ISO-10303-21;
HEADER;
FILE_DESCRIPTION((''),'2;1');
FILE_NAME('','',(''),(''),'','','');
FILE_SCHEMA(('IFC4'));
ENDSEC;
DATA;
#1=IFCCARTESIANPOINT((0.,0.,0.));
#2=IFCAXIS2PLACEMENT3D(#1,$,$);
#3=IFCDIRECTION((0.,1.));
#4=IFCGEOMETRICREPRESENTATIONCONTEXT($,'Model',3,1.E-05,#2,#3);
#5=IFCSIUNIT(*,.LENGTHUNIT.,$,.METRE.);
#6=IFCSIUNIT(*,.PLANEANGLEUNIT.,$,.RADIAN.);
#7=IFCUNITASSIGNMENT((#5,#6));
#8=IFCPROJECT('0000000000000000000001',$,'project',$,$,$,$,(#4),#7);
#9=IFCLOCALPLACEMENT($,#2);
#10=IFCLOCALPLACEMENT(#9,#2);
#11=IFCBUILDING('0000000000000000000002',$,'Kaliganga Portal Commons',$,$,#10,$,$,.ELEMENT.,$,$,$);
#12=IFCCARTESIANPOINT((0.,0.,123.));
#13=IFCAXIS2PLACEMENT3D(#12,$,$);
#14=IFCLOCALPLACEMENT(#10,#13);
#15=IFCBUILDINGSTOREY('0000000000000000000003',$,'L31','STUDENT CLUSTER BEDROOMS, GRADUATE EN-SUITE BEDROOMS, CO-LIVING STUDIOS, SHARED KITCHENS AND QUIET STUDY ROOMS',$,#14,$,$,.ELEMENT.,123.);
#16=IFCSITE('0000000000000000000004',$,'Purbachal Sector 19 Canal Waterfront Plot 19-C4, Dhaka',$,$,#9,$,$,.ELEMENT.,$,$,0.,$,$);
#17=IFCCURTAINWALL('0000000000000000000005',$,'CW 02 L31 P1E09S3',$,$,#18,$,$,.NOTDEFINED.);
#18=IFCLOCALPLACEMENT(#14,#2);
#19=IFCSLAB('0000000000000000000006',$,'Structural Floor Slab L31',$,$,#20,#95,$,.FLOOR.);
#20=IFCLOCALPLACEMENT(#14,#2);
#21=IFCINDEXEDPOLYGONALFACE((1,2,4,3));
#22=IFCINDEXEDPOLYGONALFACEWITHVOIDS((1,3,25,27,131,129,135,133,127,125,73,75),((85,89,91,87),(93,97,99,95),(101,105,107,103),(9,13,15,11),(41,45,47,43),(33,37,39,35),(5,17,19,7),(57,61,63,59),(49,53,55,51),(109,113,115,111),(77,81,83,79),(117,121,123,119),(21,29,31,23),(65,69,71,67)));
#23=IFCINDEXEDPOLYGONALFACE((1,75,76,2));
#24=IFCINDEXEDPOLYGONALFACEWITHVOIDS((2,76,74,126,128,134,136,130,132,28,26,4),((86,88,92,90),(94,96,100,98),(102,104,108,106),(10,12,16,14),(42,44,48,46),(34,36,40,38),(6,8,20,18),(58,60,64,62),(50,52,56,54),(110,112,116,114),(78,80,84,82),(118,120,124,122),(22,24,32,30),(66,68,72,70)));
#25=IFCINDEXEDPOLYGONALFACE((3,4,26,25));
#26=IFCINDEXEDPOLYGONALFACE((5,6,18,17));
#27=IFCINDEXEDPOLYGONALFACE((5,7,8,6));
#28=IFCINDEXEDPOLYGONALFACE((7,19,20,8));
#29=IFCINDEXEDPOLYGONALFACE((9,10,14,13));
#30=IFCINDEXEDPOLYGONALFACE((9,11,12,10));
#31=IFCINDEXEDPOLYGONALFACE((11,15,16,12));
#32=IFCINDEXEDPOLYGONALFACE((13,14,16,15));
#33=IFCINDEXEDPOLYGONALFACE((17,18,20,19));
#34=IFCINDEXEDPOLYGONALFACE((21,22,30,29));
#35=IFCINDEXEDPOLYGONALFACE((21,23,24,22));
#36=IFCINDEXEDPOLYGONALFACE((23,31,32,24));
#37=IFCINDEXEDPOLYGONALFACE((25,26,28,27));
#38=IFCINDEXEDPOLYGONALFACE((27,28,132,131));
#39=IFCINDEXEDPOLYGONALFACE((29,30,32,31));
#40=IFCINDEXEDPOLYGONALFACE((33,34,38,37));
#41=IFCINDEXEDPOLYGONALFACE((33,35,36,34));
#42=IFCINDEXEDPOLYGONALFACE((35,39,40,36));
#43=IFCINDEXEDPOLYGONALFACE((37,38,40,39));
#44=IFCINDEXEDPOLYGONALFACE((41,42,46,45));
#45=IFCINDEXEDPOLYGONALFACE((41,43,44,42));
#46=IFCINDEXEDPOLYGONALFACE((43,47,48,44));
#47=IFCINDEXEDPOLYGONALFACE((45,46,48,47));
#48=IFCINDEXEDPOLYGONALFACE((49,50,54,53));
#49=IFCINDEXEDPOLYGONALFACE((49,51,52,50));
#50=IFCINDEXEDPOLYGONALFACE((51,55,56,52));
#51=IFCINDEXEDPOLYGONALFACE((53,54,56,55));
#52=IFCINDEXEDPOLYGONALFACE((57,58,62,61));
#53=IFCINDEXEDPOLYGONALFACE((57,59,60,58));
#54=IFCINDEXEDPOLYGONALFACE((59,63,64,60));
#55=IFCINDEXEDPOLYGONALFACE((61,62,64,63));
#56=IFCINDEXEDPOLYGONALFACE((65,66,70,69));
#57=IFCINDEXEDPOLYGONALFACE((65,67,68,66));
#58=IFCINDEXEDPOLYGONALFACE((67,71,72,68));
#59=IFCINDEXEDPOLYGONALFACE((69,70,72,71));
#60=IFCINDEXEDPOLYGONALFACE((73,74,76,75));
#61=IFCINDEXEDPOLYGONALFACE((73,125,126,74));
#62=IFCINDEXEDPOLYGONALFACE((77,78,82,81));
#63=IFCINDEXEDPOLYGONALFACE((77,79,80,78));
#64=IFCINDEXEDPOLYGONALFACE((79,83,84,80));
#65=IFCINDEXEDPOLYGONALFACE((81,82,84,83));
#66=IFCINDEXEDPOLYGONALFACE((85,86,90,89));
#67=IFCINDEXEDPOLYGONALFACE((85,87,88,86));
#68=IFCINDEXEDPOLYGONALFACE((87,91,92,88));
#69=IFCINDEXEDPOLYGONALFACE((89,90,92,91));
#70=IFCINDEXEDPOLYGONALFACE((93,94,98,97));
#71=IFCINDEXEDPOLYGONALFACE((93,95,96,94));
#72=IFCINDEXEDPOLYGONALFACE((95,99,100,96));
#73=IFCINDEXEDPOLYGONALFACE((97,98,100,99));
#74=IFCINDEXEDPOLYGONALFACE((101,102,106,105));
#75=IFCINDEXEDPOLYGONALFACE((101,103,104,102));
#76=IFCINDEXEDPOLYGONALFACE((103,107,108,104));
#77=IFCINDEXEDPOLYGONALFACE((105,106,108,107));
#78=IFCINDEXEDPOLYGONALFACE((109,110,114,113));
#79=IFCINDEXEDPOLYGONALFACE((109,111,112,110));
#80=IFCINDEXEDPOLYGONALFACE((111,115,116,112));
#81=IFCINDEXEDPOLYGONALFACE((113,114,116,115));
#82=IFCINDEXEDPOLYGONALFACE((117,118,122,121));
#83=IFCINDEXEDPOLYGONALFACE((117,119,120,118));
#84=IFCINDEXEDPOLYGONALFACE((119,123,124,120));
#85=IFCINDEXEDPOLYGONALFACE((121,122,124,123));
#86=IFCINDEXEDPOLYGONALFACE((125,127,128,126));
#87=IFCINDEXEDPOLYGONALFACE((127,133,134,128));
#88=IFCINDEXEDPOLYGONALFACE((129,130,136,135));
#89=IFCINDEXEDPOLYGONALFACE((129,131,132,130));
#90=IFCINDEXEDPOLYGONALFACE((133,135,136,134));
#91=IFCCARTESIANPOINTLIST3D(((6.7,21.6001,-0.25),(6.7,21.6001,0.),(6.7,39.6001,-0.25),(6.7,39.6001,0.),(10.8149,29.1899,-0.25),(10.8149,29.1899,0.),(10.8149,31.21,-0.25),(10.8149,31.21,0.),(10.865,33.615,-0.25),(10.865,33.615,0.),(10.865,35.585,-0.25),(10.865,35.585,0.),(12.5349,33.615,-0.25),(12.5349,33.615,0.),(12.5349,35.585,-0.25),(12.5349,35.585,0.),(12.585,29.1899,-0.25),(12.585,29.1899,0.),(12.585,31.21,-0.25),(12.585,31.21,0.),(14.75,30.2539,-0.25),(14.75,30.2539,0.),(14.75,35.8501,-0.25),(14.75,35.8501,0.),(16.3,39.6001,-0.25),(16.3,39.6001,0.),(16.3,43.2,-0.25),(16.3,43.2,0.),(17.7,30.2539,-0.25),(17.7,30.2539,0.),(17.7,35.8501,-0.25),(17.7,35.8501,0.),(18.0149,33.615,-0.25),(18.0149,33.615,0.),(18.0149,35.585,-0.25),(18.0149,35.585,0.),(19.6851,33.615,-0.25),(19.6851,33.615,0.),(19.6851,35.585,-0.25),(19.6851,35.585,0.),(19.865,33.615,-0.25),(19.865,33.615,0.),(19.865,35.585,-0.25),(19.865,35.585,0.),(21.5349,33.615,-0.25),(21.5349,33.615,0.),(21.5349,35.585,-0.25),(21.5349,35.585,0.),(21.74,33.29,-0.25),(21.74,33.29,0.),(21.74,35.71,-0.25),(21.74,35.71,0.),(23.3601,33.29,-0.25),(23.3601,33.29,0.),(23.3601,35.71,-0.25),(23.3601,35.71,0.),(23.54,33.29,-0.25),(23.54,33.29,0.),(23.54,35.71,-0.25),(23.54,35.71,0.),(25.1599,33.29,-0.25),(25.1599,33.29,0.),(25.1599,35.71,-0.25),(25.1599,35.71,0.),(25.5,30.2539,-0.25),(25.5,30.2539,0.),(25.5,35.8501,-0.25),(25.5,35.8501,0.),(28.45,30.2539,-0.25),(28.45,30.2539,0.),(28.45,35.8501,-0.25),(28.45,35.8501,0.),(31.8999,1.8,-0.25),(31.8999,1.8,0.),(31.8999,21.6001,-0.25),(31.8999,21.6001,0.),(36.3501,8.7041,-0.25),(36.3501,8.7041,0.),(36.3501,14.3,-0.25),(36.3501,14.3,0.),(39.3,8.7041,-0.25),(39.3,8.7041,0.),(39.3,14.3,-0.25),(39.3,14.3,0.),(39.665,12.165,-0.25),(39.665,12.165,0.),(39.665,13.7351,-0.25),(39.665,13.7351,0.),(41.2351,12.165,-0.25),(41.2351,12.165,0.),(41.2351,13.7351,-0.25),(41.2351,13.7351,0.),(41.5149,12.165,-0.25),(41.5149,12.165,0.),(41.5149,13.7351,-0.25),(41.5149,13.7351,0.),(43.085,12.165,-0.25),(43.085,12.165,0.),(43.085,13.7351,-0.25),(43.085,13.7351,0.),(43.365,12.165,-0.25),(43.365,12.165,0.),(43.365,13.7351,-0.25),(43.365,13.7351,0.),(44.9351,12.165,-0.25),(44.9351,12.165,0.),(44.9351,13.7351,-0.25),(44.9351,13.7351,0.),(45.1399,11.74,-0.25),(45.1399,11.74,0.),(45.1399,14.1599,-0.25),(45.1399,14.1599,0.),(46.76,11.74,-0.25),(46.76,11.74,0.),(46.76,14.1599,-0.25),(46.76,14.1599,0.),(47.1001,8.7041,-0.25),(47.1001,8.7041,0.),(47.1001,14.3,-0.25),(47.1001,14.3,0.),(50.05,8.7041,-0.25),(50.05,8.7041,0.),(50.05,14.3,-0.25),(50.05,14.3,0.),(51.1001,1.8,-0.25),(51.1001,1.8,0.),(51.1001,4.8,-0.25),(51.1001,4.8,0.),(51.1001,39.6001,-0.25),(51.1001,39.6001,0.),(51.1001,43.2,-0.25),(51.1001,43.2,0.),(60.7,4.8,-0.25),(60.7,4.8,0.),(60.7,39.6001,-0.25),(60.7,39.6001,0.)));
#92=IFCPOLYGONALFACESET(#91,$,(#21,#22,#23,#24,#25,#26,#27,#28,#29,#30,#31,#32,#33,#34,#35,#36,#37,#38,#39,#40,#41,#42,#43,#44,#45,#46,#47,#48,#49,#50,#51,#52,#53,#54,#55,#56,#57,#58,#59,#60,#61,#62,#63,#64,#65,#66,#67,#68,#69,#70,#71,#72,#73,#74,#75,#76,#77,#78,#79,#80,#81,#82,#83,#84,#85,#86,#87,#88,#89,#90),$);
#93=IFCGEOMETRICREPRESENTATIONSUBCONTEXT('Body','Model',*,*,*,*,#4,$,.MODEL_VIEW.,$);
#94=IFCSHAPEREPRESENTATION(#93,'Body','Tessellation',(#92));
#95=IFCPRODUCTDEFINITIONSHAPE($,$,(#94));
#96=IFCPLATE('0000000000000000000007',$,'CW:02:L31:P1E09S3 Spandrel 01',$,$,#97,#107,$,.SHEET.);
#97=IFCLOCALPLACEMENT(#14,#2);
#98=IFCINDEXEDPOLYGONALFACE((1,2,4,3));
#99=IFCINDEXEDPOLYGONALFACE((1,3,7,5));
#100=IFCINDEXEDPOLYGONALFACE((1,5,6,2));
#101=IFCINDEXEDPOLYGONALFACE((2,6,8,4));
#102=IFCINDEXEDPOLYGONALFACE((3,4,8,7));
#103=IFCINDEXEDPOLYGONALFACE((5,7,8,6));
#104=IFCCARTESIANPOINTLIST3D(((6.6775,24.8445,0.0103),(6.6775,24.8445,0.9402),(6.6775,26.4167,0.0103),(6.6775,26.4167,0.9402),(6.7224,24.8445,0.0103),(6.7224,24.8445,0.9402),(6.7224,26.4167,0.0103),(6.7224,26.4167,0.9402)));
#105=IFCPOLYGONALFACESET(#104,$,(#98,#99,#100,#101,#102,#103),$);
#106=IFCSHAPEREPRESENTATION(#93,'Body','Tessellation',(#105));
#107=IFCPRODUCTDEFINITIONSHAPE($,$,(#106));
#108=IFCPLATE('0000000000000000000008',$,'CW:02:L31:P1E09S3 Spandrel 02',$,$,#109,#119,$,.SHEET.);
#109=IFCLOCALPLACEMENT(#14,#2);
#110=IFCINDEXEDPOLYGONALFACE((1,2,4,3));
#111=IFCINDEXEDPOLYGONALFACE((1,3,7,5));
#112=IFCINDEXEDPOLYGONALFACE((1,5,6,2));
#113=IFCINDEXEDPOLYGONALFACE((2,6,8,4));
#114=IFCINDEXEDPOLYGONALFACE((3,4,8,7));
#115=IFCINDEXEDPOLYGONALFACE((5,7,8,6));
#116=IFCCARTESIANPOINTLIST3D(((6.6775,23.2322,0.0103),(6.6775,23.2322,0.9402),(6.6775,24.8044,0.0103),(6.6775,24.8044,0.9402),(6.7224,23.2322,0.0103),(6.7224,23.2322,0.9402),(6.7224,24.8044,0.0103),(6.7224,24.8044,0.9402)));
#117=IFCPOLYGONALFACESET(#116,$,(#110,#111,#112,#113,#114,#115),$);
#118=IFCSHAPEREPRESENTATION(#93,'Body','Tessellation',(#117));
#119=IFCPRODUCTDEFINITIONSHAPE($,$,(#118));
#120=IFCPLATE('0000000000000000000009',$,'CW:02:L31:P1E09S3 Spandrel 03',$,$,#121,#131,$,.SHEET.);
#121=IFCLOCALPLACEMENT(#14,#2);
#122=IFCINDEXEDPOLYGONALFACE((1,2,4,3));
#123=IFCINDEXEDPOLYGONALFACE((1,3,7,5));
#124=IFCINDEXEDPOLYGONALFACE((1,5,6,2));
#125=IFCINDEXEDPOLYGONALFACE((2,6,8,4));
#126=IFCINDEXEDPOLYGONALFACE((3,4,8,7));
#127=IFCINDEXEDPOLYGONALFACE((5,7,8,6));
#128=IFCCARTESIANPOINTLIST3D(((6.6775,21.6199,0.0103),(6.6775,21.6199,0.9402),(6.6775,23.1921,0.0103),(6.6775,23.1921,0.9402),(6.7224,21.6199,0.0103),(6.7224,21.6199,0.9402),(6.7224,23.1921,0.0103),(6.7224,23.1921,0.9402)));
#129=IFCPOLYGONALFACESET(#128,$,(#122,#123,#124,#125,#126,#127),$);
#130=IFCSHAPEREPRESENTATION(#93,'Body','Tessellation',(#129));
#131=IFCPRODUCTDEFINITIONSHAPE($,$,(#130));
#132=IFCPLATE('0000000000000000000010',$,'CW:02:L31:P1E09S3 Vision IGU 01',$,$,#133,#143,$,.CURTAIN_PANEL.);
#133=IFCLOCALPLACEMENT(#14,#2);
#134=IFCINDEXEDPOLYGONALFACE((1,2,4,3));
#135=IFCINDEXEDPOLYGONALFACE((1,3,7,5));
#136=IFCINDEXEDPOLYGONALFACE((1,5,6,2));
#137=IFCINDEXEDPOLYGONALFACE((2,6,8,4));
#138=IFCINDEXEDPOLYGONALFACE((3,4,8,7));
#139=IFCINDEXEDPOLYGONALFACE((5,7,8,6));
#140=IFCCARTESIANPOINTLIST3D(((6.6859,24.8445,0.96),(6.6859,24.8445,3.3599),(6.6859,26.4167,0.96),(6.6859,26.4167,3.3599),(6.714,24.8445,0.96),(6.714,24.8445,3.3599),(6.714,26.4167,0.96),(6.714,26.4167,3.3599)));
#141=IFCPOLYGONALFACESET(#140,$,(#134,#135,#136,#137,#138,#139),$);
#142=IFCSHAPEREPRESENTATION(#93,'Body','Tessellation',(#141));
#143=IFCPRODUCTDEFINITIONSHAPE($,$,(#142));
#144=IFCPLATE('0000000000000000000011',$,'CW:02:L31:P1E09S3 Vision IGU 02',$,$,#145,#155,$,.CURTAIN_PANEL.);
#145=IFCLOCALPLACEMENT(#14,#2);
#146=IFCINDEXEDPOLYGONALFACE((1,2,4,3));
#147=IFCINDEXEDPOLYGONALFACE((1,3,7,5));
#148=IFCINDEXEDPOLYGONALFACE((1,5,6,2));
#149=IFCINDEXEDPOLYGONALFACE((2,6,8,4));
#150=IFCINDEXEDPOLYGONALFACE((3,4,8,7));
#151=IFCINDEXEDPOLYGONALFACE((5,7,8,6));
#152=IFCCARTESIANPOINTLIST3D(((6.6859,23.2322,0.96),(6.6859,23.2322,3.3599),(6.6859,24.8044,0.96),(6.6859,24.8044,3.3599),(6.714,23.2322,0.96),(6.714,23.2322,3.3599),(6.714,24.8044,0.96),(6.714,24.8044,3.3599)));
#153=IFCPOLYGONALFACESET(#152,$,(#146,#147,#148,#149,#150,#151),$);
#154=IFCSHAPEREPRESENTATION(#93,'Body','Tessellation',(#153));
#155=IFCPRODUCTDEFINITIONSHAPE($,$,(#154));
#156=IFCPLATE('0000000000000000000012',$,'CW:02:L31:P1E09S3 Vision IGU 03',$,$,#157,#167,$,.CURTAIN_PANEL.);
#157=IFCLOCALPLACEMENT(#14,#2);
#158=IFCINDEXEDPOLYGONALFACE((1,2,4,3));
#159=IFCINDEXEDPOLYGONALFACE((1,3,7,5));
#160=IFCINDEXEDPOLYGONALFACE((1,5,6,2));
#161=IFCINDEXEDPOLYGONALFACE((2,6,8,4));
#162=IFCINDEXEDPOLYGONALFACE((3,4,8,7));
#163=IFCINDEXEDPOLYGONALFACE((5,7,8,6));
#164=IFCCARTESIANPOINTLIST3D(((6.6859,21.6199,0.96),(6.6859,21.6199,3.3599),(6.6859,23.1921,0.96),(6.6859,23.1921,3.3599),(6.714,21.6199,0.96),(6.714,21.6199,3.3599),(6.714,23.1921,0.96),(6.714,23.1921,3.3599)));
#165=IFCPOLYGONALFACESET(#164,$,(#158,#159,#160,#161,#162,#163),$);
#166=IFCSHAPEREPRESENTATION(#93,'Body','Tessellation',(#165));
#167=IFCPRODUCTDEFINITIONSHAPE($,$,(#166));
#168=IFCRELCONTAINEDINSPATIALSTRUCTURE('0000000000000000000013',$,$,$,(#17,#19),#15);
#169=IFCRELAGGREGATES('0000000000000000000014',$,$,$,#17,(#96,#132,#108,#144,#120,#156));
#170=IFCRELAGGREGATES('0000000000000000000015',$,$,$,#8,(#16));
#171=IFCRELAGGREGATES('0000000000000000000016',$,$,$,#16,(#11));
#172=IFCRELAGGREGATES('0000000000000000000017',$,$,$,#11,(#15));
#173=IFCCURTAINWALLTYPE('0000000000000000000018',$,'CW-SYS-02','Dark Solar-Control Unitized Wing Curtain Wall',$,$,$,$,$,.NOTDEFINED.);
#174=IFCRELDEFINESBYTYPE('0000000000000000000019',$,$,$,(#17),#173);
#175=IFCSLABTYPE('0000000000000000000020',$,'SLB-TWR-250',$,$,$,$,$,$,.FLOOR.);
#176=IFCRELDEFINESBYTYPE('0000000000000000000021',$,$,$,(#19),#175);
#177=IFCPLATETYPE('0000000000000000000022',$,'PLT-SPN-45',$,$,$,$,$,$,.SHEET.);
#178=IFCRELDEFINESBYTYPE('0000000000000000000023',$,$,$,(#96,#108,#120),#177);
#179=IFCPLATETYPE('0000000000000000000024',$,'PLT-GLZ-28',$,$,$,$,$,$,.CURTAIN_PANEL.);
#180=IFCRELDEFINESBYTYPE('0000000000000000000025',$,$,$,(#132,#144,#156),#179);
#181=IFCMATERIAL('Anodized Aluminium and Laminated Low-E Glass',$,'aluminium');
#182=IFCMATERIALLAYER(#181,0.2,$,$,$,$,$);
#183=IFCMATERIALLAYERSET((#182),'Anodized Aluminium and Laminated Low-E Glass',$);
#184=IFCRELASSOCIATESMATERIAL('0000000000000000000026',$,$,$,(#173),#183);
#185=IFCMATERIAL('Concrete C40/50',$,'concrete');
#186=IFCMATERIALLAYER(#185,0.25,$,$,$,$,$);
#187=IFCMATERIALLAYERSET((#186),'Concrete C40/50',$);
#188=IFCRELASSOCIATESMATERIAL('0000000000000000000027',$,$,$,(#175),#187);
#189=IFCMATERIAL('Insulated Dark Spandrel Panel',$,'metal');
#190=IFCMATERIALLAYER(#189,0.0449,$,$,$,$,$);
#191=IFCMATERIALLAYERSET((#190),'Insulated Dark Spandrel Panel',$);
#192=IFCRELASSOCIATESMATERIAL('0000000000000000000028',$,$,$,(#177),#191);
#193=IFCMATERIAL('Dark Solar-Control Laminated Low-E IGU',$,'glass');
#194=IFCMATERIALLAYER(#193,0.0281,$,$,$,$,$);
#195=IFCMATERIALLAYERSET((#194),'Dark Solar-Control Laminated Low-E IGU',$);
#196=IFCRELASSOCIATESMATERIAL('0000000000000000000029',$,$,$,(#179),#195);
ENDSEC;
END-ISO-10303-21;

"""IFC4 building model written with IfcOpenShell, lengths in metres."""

from ifc_helpers import new_model, si_unit, direction, frame, origin, origin_2d, place, context, subcontext, project, spatial, polyline, rectangle, outline, extrude, source, transform, mapped, material, layer, layer_set, type_object, element, aggregate, save


model = new_model("IFC4")

# Units and contexts
model_context = context("Model", 3, precision=1e-05, world=origin(), true_north=direction((0.0, 1.0)))
body_context = subcontext(model_context, "Body", "Model", "MODEL_VIEW")
ifc_project = project(units=[si_unit("LENGTHUNIT", "METRE"), si_unit("PLANEANGLEUNIT", "RADIAN")], contexts=[model_context])

# Site, building, storey
site_placement = place(None, origin())
site = spatial("IfcSite", under=ifc_project, at=site_placement, Name="Purbachal Sector 19 Canal Waterfront Plot 19-C4, Dhaka", CompositionType="ELEMENT", RefElevation=0.0)
building_placement = place(site_placement, origin())
building = spatial("IfcBuilding", under=site, at=building_placement, Name="Kaliganga Portal Commons", CompositionType="ELEMENT")
storey_placement = place(building_placement, frame((0.0, 0.0, 123.0)))
storey = spatial("IfcBuildingStorey", under=building, at=storey_placement, Name="L31", Description="STUDENT CLUSTER BEDROOMS, GRADUATE EN-SUITE BEDROOMS, CO-LIVING STUDIOS, SHARED KITCHENS AND QUIET STUDY ROOMS", CompositionType="ELEMENT", Elevation=123.0)

# Curtain wall
ifc_material_1 = material(Name="Anodized Aluminium and Laminated Low-E Glass", Category="aluminium")
ifc_layer_1 = layer(ifc_material_1, 0.2)
ifc_layer_set_1 = layer_set([ifc_layer_1], Name="Anodized Aluminium and Laminated Low-E Glass")
curtain_wall_type = type_object("IfcCurtainWallType", Name="CW-SYS-02", Description="Dark Solar-Control Unitized Wing Curtain Wall", PredefinedType="NOTDEFINED", material=ifc_layer_set_1)
curtain_wall_placement = place(storey_placement, origin())
curtain_wall = element("IfcCurtainWall", 1, at=curtain_wall_placement, inside=storey, type_object=curtain_wall_type, Name="CW 02 L31 P1E09S3", PredefinedType="NOTDEFINED")

# Shared definitions
ifc_material_2 = material(Name="Concrete C40/50", Category="concrete")

# Slab
ifc_layer_2 = layer(ifc_material_2, 0.25)
ifc_layer_set_2 = layer_set([ifc_layer_2], Name="Concrete C40/50")
slab_type_1 = type_object("IfcSlabType", Name="SLB-TWR-250", PredefinedType="FLOOR", material=ifc_layer_set_2)
slab_1_placement = place(storey_placement, frame((0.0, 0.0, -0.25)))
element("IfcSlab", 2, at=slab_1_placement, inside=storey, type_object=slab_type_1, Name="Structural Floor Slab L31", PredefinedType="FLOOR", context=body_context, shape_type="SweptSolid", body=[
    extrude(outline(polyline([(31.8999, 1.8), (51.1001, 1.8), (51.1001, 4.8), (60.7, 4.8), (60.7, 39.6001), (51.1001, 39.6001), (51.1001, 43.2), (16.3, 43.2), (16.3, 39.6001), (6.7, 39.6001), (6.7, 21.6001), (31.8999, 21.6001), (31.8999, 1.8)]), holes=[polyline([(14.75, 30.2539), (14.75, 35.8501), (17.7, 35.8501), (17.7, 30.2539), (14.75, 30.2539)]), polyline([(25.5, 30.2539), (25.5, 35.8501), (28.45, 35.8501), (28.45, 30.2539), (25.5, 30.2539)]), polyline([(36.3501, 8.7041), (36.3501, 14.3), (39.3, 14.3), (39.3, 8.7041), (36.3501, 8.7041)]), polyline([(47.1001, 8.7041), (47.1001, 14.3), (50.05, 14.3), (50.05, 8.7041), (47.1001, 8.7041)]), polyline([(18.0149, 33.615), (18.0149, 35.585), (19.6851, 35.585), (19.6851, 33.615), (18.0149, 33.615)]), polyline([(19.865, 33.615), (19.865, 35.585), (21.5349, 35.585), (21.5349, 33.615), (19.865, 33.615)]), polyline([(10.8149, 29.1899), (10.8149, 31.21), (12.585, 31.21), (12.585, 29.1899), (10.8149, 29.1899)]), polyline([(10.865, 33.615), (10.865, 35.585), (12.5349, 35.585), (12.5349, 33.615), (10.865, 33.615)]), polyline([(21.74, 33.29), (21.74, 35.71), (23.3601, 35.71), (23.3601, 33.29), (21.74, 33.29)]), polyline([(23.54, 33.29), (23.54, 35.71), (25.1599, 35.71), (25.1599, 33.29), (23.54, 33.29)]), polyline([(39.665, 12.165), (39.665, 13.7351), (41.2351, 13.7351), (41.2351, 12.165), (39.665, 12.165)]), polyline([(41.5149, 12.165), (41.5149, 13.7351), (43.085, 13.7351), (43.085, 12.165), (41.5149, 12.165)]), polyline([(43.365, 12.165), (43.365, 13.7351), (44.9351, 13.7351), (44.9351, 12.165), (43.365, 12.165)]), polyline([(45.1399, 11.74), (45.1399, 14.1599), (46.76, 14.1599), (46.76, 11.74), (45.1399, 11.74)])]), origin(), (0.0, 0.0, 1.0), 0.25),
])

# Plates
ifc_material_3 = material(Name="Insulated Dark Spandrel Panel", Category="metal")
ifc_layer_3 = layer(ifc_material_3, 0.0449)
ifc_layer_set_3 = layer_set([ifc_layer_3], Name="Insulated Dark Spandrel Panel")
plate_type_1 = type_object("IfcPlateType", Name="PLT-SPN-45", PredefinedType="SHEET", material=ifc_layer_set_3)
shared_shape_1 = source(origin(), body_context, "Body", "SweptSolid", [
    extrude(rectangle(XDim=1.5723, YDim=0.0449, at=origin_2d()), origin(), (0.0, 0.0, 1.0), 0.9299),
])
plate_1_placement = place(storey_placement, frame((6.7, 25.6306, 0.0103), z_axis=(0.0, 0.0, 1.0), x_axis=(0.0, -1.0, 0.0)))
plate_1 = element("IfcPlate", 3, at=plate_1_placement, type_object=plate_type_1, Name="CW:02:L31:P1E09S3 Spandrel 01", PredefinedType="SHEET", context=body_context, shape_type="MappedRepresentation", body=[
    mapped(shared_shape_1, transform((0.0, 0.0, 0.0), x_axis=(1.0, 0.0, 0.0), y_axis=(0.0, 1.0, 0.0), z_axis=(0.0, 0.0, 1.0), scale=1.0)),
])
plate_2_placement = place(storey_placement, frame((6.7, 24.0183, 0.0103), z_axis=(0.0, 0.0, 1.0), x_axis=(0.0, -1.0, 0.0)))
plate_2 = element("IfcPlate", 4, at=plate_2_placement, type_object=plate_type_1, Name="CW:02:L31:P1E09S3 Spandrel 02", PredefinedType="SHEET", context=body_context, shape_type="MappedRepresentation", body=[
    mapped(shared_shape_1, transform((0.0, 0.0, 0.0), x_axis=(1.0, 0.0, 0.0), y_axis=(0.0, 1.0, 0.0), z_axis=(0.0, 0.0, 1.0), scale=1.0)),
])
plate_3_placement = place(storey_placement, frame((6.7, 22.406, 0.0103), z_axis=(0.0, 0.0, 1.0), x_axis=(0.0, -1.0, 0.0)))
plate_3 = element("IfcPlate", 5, at=plate_3_placement, type_object=plate_type_1, Name="CW:02:L31:P1E09S3 Spandrel 03", PredefinedType="SHEET", context=body_context, shape_type="MappedRepresentation", body=[
    mapped(shared_shape_1, transform((0.0, 0.0, 0.0), x_axis=(1.0, 0.0, 0.0), y_axis=(0.0, 1.0, 0.0), z_axis=(0.0, 0.0, 1.0), scale=1.0)),
])
ifc_material_4 = material(Name="Dark Solar-Control Laminated Low-E IGU", Category="glass")
ifc_layer_4 = layer(ifc_material_4, 0.0281)
ifc_layer_set_4 = layer_set([ifc_layer_4], Name="Dark Solar-Control Laminated Low-E IGU")
plate_type_2 = type_object("IfcPlateType", Name="PLT-GLZ-28", PredefinedType="CURTAIN_PANEL", material=ifc_layer_set_4)
shared_shape_2 = source(origin(), body_context, "Body", "SweptSolid", [
    extrude(rectangle(XDim=1.5723, YDim=0.0281, at=origin_2d()), origin(), (0.0, 0.0, 1.0), 2.3999),
])
plate_4_placement = place(storey_placement, frame((6.7, 25.6306, 0.96), z_axis=(0.0, 0.0, 1.0), x_axis=(0.0, -1.0, 0.0)))
plate_4 = element("IfcPlate", 6, at=plate_4_placement, type_object=plate_type_2, Name="CW:02:L31:P1E09S3 Vision IGU 01", PredefinedType="CURTAIN_PANEL", context=body_context, shape_type="MappedRepresentation", body=[
    mapped(shared_shape_2, transform((0.0, 0.0, 0.0), x_axis=(1.0, 0.0, 0.0), y_axis=(0.0, 1.0, 0.0), z_axis=(0.0, 0.0, 1.0), scale=1.0)),
])
plate_5_placement = place(storey_placement, frame((6.7, 24.0183, 0.96), z_axis=(0.0, 0.0, 1.0), x_axis=(0.0, -1.0, 0.0)))
plate_5 = element("IfcPlate", 7, at=plate_5_placement, type_object=plate_type_2, Name="CW:02:L31:P1E09S3 Vision IGU 02", PredefinedType="CURTAIN_PANEL", context=body_context, shape_type="MappedRepresentation", body=[
    mapped(shared_shape_2, transform((0.0, 0.0, 0.0), x_axis=(1.0, 0.0, 0.0), y_axis=(0.0, 1.0, 0.0), z_axis=(0.0, 0.0, 1.0), scale=1.0)),
])
plate_6_placement = place(storey_placement, frame((6.7, 22.406, 0.96), z_axis=(0.0, 0.0, 1.0), x_axis=(0.0, -1.0, 0.0)))
plate_6 = element("IfcPlate", 8, at=plate_6_placement, type_object=plate_type_2, Name="CW:02:L31:P1E09S3 Vision IGU 03", PredefinedType="CURTAIN_PANEL", context=body_context, shape_type="MappedRepresentation", body=[
    mapped(shared_shape_2, transform((0.0, 0.0, 0.0), x_axis=(1.0, 0.0, 0.0), y_axis=(0.0, 1.0, 0.0), z_axis=(0.0, 0.0, 1.0), scale=1.0)),
])
aggregate(curtain_wall, [plate_1, plate_4, plate_2, plate_5, plate_3, plate_6])

save(model, "model.ifc")
